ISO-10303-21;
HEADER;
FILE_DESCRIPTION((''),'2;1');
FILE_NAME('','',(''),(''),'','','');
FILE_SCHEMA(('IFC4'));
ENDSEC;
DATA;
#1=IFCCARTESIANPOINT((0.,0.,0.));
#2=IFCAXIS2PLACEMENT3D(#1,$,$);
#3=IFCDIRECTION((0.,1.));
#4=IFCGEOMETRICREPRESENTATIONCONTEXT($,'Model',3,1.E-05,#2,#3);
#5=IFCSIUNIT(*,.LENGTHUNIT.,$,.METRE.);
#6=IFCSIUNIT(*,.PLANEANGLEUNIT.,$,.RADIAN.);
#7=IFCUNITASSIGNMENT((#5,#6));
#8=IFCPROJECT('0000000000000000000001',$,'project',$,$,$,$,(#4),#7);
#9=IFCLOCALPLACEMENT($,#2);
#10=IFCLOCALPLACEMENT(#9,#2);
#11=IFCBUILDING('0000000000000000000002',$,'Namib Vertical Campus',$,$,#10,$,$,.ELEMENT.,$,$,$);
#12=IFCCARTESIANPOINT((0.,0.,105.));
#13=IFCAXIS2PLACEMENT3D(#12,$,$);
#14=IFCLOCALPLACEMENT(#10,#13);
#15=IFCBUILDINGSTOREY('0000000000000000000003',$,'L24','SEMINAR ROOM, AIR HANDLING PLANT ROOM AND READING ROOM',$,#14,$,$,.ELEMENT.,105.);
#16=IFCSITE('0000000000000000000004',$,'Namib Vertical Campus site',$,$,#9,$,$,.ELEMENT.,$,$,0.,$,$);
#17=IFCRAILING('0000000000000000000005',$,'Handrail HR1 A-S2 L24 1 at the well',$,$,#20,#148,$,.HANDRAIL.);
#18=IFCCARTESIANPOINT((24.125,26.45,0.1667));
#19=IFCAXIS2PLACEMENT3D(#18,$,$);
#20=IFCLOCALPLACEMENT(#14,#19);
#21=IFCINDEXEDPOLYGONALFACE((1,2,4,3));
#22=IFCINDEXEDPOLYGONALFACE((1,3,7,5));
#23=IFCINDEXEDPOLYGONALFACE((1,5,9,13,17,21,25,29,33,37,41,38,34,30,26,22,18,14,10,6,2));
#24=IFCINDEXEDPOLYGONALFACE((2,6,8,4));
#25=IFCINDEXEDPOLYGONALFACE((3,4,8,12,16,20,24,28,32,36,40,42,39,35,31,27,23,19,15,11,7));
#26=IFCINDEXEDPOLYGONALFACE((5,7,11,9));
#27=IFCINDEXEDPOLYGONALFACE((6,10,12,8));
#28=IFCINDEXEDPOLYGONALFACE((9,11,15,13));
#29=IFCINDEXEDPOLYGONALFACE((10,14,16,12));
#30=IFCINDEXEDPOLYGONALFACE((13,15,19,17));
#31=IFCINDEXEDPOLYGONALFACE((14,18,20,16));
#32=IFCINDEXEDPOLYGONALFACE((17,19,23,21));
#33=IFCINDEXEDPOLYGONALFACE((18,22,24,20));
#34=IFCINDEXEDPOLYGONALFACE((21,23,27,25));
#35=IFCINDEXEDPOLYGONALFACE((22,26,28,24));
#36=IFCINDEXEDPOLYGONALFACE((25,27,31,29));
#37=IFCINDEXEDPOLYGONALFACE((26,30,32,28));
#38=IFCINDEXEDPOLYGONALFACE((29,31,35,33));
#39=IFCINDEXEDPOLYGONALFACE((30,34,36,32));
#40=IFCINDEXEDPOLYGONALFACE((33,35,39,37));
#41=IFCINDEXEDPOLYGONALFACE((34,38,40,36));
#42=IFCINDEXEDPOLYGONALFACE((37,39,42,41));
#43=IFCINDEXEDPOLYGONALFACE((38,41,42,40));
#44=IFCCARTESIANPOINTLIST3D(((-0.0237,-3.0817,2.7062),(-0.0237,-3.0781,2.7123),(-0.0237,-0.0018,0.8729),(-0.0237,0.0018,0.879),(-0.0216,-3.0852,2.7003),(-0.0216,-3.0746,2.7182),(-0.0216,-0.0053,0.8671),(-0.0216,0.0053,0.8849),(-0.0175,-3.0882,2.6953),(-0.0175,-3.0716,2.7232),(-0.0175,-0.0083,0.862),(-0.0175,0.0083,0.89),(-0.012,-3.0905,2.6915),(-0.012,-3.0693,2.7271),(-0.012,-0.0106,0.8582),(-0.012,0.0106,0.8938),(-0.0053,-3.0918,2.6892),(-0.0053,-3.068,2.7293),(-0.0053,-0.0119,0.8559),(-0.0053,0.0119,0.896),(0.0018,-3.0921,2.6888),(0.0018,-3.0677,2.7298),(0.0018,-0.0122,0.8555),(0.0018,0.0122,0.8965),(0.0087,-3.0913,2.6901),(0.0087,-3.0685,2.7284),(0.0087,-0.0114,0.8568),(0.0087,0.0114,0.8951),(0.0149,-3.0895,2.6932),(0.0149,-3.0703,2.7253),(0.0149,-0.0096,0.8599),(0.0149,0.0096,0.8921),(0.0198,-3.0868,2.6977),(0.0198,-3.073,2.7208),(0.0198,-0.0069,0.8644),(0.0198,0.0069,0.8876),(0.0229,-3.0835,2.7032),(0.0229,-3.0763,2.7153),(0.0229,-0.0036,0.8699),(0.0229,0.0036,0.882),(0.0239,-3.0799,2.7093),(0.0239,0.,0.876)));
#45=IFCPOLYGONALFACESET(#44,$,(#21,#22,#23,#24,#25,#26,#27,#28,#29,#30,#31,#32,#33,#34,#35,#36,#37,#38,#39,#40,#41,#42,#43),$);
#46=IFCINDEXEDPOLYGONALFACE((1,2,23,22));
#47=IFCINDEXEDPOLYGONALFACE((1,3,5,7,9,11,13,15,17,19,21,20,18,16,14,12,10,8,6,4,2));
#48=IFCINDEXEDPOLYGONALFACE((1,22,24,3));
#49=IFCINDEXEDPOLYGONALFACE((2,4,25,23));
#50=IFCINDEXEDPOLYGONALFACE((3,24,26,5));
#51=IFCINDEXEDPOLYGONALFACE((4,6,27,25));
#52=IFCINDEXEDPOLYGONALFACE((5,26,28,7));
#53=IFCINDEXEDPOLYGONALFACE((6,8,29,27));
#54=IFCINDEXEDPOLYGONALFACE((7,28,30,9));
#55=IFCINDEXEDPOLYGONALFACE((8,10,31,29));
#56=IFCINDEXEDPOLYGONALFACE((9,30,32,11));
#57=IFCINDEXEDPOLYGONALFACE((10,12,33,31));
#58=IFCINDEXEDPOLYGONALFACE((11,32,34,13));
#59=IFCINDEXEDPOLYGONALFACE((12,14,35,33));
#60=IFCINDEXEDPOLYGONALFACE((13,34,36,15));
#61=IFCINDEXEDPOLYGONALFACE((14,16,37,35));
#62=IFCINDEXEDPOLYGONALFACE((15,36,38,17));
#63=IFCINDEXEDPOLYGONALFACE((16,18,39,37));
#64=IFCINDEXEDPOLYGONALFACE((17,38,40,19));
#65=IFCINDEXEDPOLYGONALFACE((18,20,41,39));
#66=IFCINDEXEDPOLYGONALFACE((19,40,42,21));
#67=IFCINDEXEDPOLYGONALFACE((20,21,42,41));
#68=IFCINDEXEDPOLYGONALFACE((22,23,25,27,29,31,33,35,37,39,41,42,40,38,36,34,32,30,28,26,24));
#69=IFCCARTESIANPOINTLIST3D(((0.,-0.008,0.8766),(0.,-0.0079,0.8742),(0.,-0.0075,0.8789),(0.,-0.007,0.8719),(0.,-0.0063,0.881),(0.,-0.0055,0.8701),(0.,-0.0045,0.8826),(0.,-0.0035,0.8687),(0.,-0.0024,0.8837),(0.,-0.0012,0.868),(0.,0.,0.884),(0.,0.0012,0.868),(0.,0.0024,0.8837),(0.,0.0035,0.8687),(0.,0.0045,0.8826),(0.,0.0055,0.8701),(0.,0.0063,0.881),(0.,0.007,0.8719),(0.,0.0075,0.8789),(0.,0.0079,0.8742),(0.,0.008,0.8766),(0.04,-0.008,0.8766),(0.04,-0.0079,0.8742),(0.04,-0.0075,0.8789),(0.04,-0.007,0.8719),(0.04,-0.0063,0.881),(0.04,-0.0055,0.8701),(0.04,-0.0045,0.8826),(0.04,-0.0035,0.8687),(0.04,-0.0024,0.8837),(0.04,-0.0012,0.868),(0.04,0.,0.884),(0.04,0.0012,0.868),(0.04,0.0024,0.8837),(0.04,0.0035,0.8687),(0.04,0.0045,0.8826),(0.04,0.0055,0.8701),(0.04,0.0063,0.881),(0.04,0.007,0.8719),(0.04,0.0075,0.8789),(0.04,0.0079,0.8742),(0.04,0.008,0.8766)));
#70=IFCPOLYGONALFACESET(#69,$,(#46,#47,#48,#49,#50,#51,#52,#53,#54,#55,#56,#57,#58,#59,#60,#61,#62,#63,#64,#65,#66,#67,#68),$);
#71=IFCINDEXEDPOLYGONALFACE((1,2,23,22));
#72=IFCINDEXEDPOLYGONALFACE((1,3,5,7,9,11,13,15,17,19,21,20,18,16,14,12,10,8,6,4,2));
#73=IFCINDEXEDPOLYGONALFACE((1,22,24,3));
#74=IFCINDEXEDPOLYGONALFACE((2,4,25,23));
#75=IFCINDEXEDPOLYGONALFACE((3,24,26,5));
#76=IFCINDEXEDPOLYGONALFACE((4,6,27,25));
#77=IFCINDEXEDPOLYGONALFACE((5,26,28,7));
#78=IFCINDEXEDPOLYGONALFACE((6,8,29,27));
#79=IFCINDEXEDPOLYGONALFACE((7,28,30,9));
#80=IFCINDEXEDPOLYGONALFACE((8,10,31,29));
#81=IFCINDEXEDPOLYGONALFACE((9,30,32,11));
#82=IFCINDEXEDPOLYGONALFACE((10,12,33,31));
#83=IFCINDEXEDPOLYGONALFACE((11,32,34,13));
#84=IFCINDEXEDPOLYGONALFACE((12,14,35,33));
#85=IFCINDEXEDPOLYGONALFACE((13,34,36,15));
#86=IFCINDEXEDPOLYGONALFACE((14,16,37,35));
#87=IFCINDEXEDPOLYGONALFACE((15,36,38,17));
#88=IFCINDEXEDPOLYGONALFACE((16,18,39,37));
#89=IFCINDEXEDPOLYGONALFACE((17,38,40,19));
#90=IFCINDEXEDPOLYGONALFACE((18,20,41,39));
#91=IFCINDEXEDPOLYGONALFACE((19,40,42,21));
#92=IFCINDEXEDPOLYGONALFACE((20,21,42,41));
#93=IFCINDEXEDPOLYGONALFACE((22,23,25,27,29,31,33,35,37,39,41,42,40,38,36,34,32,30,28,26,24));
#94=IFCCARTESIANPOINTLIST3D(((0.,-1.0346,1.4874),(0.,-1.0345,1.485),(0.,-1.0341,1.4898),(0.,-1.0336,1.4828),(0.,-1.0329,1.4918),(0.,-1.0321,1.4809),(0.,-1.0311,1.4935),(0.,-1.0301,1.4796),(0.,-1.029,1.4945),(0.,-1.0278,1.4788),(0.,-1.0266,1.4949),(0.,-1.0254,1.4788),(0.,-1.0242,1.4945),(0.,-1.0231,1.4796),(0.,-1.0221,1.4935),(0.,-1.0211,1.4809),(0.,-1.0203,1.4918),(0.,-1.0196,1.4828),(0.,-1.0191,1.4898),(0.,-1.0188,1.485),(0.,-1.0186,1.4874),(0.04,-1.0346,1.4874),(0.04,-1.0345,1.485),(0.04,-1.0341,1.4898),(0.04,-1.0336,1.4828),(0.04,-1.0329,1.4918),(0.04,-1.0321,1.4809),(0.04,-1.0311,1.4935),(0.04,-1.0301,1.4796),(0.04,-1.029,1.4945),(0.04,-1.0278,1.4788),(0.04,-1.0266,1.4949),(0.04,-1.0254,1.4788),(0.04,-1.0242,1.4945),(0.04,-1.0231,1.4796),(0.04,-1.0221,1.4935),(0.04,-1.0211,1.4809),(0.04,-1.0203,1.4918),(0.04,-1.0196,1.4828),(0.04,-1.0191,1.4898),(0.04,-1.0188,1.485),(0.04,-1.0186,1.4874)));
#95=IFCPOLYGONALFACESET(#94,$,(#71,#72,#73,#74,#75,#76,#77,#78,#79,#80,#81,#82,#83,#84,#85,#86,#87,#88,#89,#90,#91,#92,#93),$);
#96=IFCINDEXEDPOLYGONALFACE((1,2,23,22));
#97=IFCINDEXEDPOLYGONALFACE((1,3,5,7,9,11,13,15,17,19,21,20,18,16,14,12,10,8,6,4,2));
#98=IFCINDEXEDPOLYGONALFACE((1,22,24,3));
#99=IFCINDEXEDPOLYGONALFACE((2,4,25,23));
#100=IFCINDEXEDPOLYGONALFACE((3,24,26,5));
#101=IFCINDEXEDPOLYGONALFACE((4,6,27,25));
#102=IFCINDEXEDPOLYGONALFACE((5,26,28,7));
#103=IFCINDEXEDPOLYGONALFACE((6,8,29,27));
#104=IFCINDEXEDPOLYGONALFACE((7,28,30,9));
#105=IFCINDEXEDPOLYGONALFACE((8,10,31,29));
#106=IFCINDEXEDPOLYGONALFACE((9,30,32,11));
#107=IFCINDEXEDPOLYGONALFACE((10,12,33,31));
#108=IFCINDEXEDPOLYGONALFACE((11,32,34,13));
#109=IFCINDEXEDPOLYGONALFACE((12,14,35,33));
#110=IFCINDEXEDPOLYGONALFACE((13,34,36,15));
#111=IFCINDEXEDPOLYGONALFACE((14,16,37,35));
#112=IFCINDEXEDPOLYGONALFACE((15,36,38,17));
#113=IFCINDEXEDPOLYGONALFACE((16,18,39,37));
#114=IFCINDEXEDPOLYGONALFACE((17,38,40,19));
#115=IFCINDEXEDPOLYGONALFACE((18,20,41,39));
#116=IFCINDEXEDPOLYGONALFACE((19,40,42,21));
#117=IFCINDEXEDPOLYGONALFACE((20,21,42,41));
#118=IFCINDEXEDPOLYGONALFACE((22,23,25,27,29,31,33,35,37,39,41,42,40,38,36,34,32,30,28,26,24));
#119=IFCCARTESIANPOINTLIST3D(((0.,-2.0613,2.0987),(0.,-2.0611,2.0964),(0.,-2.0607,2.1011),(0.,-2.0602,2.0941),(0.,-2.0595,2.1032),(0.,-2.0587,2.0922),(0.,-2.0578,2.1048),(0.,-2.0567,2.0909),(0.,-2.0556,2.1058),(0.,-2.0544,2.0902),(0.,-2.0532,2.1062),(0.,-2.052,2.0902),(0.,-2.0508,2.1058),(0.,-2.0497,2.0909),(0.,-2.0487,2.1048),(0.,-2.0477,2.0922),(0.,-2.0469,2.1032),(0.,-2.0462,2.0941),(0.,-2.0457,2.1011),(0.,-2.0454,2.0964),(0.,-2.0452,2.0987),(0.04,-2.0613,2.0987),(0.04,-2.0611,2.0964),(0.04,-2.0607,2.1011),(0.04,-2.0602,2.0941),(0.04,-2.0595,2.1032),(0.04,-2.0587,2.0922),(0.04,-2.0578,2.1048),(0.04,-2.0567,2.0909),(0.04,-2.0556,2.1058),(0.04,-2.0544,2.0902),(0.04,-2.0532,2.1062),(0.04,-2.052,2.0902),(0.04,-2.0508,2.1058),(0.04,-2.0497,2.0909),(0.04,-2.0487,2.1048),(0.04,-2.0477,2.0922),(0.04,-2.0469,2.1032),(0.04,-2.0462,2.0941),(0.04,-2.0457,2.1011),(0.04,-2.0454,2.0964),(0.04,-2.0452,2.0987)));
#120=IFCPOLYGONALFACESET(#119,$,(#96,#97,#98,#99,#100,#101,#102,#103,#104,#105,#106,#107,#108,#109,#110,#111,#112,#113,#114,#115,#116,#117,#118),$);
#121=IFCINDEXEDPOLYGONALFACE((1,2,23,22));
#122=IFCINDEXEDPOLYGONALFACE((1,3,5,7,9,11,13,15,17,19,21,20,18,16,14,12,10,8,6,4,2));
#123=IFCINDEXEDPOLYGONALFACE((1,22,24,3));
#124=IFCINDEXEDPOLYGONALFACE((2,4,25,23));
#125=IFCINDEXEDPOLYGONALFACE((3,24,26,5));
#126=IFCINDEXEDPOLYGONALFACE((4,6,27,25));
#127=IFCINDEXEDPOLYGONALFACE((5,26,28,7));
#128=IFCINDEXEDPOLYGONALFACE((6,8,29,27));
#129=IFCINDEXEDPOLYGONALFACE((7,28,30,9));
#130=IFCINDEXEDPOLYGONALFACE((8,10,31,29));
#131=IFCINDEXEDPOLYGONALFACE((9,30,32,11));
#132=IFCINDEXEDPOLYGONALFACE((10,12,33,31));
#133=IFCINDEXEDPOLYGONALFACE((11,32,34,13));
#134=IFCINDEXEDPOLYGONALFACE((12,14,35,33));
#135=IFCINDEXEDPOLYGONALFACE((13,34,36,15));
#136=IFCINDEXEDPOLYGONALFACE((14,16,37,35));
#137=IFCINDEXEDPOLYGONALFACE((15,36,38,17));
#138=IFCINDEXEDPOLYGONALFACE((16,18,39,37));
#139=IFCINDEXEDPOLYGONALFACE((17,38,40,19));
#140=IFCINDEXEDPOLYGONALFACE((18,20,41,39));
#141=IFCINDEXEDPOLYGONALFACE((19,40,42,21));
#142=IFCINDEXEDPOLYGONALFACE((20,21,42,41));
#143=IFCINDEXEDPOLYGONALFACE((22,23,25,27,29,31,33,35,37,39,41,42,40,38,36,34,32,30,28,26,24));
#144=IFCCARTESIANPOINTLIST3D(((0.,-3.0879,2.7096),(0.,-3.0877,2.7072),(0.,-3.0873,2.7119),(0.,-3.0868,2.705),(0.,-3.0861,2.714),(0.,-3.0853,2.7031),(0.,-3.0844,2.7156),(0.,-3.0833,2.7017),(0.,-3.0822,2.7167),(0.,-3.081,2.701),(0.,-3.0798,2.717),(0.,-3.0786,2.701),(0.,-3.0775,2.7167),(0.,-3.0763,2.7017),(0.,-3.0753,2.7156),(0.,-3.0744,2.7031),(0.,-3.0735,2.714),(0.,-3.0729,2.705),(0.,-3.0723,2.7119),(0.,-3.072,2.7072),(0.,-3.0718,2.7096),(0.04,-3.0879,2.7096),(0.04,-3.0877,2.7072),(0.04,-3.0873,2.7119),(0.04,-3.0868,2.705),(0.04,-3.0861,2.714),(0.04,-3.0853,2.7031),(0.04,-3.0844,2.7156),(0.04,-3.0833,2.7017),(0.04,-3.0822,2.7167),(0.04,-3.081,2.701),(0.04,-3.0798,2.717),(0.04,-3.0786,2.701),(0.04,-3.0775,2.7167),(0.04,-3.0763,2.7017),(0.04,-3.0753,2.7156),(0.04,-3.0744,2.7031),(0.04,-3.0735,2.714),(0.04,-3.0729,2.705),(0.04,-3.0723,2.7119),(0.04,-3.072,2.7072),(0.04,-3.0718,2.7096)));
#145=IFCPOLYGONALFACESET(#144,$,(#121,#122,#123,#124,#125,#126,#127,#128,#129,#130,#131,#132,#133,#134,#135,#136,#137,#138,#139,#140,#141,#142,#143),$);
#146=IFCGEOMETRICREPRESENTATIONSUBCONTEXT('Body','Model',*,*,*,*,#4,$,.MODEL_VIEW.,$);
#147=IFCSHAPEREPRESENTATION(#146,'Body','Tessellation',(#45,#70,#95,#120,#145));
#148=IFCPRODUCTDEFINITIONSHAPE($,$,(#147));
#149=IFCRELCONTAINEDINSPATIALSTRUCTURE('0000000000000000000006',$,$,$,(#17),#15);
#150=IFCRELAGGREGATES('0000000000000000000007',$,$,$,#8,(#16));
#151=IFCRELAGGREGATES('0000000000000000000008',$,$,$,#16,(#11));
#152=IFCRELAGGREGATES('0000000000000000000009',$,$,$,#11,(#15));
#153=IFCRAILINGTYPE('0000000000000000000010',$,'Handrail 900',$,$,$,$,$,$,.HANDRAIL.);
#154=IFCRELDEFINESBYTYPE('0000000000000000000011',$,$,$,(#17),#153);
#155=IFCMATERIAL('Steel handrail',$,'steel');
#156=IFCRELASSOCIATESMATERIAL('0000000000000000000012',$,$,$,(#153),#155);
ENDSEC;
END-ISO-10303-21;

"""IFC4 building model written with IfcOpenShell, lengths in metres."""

from ifc_helpers import new_model, si_unit, direction, frame, origin, origin_2d, place, context, subcontext, project, spatial, circle, extrude, material, type_object, element, save


model = new_model("IFC4")

# Units and contexts
model_context = context("Model", 3, precision=1e-05, world=origin(), true_north=direction((0.0, 1.0)))
body_context = subcontext(model_context, "Body", "Model", "MODEL_VIEW")
ifc_project = project(units=[si_unit("LENGTHUNIT", "METRE"), si_unit("PLANEANGLEUNIT", "RADIAN")], contexts=[model_context])

# Site, building, storey
site_placement = place(None, origin())
site = spatial("IfcSite", under=ifc_project, at=site_placement, Name="Namib Vertical Campus site", CompositionType="ELEMENT", RefElevation=0.0)
building_placement = place(site_placement, origin())
building = spatial("IfcBuilding", under=site, at=building_placement, Name="Namib Vertical Campus", CompositionType="ELEMENT")
storey_placement = place(building_placement, frame((0.0, 0.0, 105.0)))
storey = spatial("IfcBuildingStorey", under=building, at=storey_placement, Name="L24", Description="SEMINAR ROOM, AIR HANDLING PLANT ROOM AND READING ROOM", CompositionType="ELEMENT", Elevation=105.0)

# Railing
ifc_material_1 = material(Name="Steel handrail", Category="steel")
railing_type_1 = type_object("IfcRailingType", Name="Handrail 900", PredefinedType="HANDRAIL", material=ifc_material_1)
railing_1_placement = place(storey_placement, frame((24.125, 26.45, 0.1667)))
element("IfcRailing", 1, at=railing_1_placement, inside=storey, type_object=railing_type_1, Name="Handrail HR1 A-S2 L24 1 at the well", PredefinedType="HANDRAIL", context=body_context, shape_type="SweptSolid", body=[
    extrude(circle(Radius=0.0239, at=origin_2d()), frame((0.0, 0.0, 0.876), z_axis=(0.0, -0.859291, 0.511487), x_axis=(1.0, 0.0, 0.0)), (0.0, 0.0, 1.0), 3.5842),
    extrude(circle(Radius=0.0081, at=origin_2d()), frame((0.0, 0.0, 0.876), z_axis=(1.0, 0.0, 0.0), x_axis=(0.0, 0.0, 1.0)), (0.0, 0.0, 1.0), 0.04),
    extrude(circle(Radius=0.0081, at=origin_2d()), frame((0.0, -1.0266, 1.4868), z_axis=(1.0, 0.0, 0.0), x_axis=(0.0, 0.0, 1.0)), (0.0, 0.0, 1.0), 0.04),
    extrude(circle(Radius=0.0081, at=origin_2d()), frame((0.0, -2.0532, 2.0981), z_axis=(1.0, 0.0, 0.0), x_axis=(0.0, 0.0, 1.0)), (0.0, 0.0, 1.0), 0.04),
    extrude(circle(Radius=0.0081, at=origin_2d()), frame((0.0, -3.0798, 2.709), z_axis=(1.0, 0.0, 0.0), x_axis=(0.0, 0.0, 1.0)), (0.0, 0.0, 1.0), 0.04),
])

save(model, "model.ifc")
